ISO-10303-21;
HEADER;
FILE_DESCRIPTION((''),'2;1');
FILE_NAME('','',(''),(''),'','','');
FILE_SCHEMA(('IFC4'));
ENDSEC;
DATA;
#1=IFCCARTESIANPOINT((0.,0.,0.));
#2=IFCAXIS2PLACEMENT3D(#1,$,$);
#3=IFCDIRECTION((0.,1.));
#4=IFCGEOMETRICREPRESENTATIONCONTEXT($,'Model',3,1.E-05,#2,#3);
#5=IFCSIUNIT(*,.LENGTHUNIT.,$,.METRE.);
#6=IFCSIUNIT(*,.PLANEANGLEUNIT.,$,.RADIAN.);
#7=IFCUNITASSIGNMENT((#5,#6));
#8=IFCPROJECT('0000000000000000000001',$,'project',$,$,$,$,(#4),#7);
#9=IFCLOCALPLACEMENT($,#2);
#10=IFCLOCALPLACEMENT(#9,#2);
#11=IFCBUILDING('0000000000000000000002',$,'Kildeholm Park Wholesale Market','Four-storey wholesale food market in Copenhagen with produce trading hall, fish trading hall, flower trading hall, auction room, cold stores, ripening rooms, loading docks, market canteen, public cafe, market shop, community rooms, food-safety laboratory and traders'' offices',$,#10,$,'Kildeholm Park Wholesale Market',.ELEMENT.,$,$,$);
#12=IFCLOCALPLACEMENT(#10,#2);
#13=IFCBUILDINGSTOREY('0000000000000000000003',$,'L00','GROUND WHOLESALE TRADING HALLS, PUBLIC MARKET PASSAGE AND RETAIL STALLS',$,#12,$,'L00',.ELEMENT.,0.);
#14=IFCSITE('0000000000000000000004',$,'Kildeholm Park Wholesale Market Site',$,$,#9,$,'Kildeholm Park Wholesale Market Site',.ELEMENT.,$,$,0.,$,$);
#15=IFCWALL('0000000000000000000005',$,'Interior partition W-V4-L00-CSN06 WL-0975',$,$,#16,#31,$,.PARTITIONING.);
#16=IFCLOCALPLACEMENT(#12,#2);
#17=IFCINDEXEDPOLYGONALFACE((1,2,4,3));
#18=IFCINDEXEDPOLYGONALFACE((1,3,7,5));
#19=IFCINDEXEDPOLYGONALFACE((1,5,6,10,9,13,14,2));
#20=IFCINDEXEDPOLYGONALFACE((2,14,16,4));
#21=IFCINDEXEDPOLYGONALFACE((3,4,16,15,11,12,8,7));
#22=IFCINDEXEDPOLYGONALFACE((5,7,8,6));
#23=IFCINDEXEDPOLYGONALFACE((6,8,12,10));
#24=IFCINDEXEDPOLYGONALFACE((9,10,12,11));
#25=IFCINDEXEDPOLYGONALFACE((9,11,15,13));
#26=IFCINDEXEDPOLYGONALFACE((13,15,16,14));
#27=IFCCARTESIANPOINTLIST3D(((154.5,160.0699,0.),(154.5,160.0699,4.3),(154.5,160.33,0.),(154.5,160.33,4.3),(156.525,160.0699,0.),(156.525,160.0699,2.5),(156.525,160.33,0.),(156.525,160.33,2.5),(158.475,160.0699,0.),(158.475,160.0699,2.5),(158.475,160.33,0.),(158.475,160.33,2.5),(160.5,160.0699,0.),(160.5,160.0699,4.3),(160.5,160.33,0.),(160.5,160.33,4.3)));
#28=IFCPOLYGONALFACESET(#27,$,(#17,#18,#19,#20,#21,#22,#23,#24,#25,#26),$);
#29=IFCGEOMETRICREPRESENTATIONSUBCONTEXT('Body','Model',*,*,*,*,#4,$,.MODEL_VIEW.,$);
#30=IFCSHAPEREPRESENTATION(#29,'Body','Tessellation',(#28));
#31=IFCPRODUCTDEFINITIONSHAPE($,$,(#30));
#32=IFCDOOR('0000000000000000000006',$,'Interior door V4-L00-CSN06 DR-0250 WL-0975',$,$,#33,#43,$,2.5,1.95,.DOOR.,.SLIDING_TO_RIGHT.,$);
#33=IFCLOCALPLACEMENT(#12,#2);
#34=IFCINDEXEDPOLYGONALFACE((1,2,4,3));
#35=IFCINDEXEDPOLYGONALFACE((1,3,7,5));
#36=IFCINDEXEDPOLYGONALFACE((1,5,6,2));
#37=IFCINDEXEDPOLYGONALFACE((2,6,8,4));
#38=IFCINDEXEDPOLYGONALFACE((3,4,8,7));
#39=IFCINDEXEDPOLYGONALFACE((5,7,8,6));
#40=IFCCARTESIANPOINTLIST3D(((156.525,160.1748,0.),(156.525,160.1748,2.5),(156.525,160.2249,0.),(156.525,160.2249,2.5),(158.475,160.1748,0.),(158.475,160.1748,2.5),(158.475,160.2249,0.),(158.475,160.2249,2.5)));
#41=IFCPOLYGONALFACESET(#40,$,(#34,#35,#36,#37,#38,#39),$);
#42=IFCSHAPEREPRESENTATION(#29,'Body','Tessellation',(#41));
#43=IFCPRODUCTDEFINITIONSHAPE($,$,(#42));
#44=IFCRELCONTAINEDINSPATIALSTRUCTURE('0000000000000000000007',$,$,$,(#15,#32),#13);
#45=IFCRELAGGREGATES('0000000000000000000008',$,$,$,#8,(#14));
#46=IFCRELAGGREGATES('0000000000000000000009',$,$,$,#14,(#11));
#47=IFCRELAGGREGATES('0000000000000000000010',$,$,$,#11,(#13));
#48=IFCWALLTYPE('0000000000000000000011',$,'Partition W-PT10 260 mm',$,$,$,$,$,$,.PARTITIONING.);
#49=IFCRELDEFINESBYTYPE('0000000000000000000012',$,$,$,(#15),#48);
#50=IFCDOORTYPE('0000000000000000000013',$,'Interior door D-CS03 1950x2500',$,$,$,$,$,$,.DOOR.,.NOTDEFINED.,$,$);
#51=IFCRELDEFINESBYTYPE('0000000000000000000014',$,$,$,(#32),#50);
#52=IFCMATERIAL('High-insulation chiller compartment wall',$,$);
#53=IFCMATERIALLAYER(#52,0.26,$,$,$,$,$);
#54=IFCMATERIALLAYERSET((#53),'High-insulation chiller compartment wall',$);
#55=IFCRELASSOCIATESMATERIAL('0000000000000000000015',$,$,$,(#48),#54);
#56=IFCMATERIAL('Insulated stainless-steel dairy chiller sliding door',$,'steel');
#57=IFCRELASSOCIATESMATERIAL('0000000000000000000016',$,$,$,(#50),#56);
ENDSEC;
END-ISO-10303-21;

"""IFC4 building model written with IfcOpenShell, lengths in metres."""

from ifc_helpers import new_model, si_unit, direction, frame, frame_2d, origin, place, context, subcontext, project, spatial, rectangle, extrude, material, layer, layer_set, type_object, element, fill, save


model = new_model("IFC4")

# Units and contexts
model_context = context("Model", 3, precision=1e-05, world=origin(), true_north=direction((0.0, 1.0)))
body_context = subcontext(model_context, "Body", "Model", "MODEL_VIEW")
ifc_project = project(units=[si_unit("LENGTHUNIT", "METRE"), si_unit("PLANEANGLEUNIT", "RADIAN")], contexts=[model_context])

# Site, building, storey
site_placement = place(None, origin())
site = spatial("IfcSite", under=ifc_project, at=site_placement, Name="Kildeholm Park Wholesale Market Site", LongName="Kildeholm Park Wholesale Market Site", CompositionType="ELEMENT", RefElevation=0.0)
building_placement = place(site_placement, origin())
building = spatial("IfcBuilding", under=site, at=building_placement, Name="Kildeholm Park Wholesale Market", Description="Four-storey wholesale food market in Copenhagen with produce trading hall, fish trading hall, flower trading hall, auction room, cold stores, ripening rooms, loading docks, market canteen, public cafe, market shop, community rooms, food-safety laboratory and traders' offices", LongName="Kildeholm Park Wholesale Market", CompositionType="ELEMENT")
storey_placement = place(building_placement, origin())
storey = spatial("IfcBuildingStorey", under=building, at=storey_placement, Name="L00", Description="GROUND WHOLESALE TRADING HALLS, PUBLIC MARKET PASSAGE AND RETAIL STALLS", LongName="L00", CompositionType="ELEMENT", Elevation=0.0)

# Wall, opening, door
ifc_material_1 = material(Name="High-insulation chiller compartment wall")
ifc_layer_1 = layer(ifc_material_1, 0.26)
ifc_layer_set_1 = layer_set([ifc_layer_1], Name="High-insulation chiller compartment wall")
wall_type_1 = type_object("IfcWallType", Name="Partition W-PT10 260 mm", PredefinedType="PARTITIONING", material=ifc_layer_set_1)
wall_1_placement = place(storey_placement, frame((154.5, 160.2, 0.0), z_axis=(0.0, 0.0, 1.0), x_axis=(1.0, 0.0, 0.0)))
wall_1 = element("IfcWall", 1, at=wall_1_placement, inside=storey, type_object=wall_type_1, Name="Interior partition W-V4-L00-CSN06 WL-0975", PredefinedType="PARTITIONING", context=body_context, shape_type="SweptSolid", body=[
    extrude(rectangle(XDim=6.0, YDim=0.26, at=frame_2d((3.0, 0.0))), origin(), (0.0, 0.0, 1.0), 4.3),
])
opening_1_placement = place(wall_1_placement, frame((2.0249, 0.0, 0.0)))
opening_1 = element("IfcOpeningElement", 2, at=opening_1_placement, cuts=wall_1, PredefinedType="OPENING", context=body_context, shape_type="SweptSolid", body=[
    extrude(rectangle(XDim=1.95, YDim=2.5, at=frame_2d((0.9751, 1.25))), frame((0.0, 0.1399, 0.0), z_axis=(0.0, -1.0, 0.0), x_axis=(1.0, 0.0, 0.0)), (0.0, 0.0, 1.0), 0.28),
])
ifc_material_2 = material(Name="Insulated stainless-steel dairy chiller sliding door", Category="steel")
door_type_1 = type_object("IfcDoorType", Name="Interior door D-CS03 1950x2500", OperationType="NOTDEFINED", PredefinedType="DOOR", material=ifc_material_2)
door_1_placement = place(opening_1_placement, origin())
door_1 = element("IfcDoor", 3, at=door_1_placement, inside=storey, type_object=door_type_1, Name="Interior door V4-L00-CSN06 DR-0250 WL-0975", OperationType="SLIDING_TO_RIGHT", OverallHeight=2.5, OverallWidth=1.95, PredefinedType="DOOR", context=body_context, shape_type="SweptSolid", body=[
    extrude(rectangle(XDim=1.95, YDim=2.5, at=frame_2d((0.9751, 1.25))), frame((0.0, 0.0249, 0.0), z_axis=(0.0, -1.0, 0.0), x_axis=(1.0, 0.0, 0.0)), (0.0, 0.0, 1.0), 0.05),
])
fill(opening_1, door_1)

save(model, "model.ifc")
